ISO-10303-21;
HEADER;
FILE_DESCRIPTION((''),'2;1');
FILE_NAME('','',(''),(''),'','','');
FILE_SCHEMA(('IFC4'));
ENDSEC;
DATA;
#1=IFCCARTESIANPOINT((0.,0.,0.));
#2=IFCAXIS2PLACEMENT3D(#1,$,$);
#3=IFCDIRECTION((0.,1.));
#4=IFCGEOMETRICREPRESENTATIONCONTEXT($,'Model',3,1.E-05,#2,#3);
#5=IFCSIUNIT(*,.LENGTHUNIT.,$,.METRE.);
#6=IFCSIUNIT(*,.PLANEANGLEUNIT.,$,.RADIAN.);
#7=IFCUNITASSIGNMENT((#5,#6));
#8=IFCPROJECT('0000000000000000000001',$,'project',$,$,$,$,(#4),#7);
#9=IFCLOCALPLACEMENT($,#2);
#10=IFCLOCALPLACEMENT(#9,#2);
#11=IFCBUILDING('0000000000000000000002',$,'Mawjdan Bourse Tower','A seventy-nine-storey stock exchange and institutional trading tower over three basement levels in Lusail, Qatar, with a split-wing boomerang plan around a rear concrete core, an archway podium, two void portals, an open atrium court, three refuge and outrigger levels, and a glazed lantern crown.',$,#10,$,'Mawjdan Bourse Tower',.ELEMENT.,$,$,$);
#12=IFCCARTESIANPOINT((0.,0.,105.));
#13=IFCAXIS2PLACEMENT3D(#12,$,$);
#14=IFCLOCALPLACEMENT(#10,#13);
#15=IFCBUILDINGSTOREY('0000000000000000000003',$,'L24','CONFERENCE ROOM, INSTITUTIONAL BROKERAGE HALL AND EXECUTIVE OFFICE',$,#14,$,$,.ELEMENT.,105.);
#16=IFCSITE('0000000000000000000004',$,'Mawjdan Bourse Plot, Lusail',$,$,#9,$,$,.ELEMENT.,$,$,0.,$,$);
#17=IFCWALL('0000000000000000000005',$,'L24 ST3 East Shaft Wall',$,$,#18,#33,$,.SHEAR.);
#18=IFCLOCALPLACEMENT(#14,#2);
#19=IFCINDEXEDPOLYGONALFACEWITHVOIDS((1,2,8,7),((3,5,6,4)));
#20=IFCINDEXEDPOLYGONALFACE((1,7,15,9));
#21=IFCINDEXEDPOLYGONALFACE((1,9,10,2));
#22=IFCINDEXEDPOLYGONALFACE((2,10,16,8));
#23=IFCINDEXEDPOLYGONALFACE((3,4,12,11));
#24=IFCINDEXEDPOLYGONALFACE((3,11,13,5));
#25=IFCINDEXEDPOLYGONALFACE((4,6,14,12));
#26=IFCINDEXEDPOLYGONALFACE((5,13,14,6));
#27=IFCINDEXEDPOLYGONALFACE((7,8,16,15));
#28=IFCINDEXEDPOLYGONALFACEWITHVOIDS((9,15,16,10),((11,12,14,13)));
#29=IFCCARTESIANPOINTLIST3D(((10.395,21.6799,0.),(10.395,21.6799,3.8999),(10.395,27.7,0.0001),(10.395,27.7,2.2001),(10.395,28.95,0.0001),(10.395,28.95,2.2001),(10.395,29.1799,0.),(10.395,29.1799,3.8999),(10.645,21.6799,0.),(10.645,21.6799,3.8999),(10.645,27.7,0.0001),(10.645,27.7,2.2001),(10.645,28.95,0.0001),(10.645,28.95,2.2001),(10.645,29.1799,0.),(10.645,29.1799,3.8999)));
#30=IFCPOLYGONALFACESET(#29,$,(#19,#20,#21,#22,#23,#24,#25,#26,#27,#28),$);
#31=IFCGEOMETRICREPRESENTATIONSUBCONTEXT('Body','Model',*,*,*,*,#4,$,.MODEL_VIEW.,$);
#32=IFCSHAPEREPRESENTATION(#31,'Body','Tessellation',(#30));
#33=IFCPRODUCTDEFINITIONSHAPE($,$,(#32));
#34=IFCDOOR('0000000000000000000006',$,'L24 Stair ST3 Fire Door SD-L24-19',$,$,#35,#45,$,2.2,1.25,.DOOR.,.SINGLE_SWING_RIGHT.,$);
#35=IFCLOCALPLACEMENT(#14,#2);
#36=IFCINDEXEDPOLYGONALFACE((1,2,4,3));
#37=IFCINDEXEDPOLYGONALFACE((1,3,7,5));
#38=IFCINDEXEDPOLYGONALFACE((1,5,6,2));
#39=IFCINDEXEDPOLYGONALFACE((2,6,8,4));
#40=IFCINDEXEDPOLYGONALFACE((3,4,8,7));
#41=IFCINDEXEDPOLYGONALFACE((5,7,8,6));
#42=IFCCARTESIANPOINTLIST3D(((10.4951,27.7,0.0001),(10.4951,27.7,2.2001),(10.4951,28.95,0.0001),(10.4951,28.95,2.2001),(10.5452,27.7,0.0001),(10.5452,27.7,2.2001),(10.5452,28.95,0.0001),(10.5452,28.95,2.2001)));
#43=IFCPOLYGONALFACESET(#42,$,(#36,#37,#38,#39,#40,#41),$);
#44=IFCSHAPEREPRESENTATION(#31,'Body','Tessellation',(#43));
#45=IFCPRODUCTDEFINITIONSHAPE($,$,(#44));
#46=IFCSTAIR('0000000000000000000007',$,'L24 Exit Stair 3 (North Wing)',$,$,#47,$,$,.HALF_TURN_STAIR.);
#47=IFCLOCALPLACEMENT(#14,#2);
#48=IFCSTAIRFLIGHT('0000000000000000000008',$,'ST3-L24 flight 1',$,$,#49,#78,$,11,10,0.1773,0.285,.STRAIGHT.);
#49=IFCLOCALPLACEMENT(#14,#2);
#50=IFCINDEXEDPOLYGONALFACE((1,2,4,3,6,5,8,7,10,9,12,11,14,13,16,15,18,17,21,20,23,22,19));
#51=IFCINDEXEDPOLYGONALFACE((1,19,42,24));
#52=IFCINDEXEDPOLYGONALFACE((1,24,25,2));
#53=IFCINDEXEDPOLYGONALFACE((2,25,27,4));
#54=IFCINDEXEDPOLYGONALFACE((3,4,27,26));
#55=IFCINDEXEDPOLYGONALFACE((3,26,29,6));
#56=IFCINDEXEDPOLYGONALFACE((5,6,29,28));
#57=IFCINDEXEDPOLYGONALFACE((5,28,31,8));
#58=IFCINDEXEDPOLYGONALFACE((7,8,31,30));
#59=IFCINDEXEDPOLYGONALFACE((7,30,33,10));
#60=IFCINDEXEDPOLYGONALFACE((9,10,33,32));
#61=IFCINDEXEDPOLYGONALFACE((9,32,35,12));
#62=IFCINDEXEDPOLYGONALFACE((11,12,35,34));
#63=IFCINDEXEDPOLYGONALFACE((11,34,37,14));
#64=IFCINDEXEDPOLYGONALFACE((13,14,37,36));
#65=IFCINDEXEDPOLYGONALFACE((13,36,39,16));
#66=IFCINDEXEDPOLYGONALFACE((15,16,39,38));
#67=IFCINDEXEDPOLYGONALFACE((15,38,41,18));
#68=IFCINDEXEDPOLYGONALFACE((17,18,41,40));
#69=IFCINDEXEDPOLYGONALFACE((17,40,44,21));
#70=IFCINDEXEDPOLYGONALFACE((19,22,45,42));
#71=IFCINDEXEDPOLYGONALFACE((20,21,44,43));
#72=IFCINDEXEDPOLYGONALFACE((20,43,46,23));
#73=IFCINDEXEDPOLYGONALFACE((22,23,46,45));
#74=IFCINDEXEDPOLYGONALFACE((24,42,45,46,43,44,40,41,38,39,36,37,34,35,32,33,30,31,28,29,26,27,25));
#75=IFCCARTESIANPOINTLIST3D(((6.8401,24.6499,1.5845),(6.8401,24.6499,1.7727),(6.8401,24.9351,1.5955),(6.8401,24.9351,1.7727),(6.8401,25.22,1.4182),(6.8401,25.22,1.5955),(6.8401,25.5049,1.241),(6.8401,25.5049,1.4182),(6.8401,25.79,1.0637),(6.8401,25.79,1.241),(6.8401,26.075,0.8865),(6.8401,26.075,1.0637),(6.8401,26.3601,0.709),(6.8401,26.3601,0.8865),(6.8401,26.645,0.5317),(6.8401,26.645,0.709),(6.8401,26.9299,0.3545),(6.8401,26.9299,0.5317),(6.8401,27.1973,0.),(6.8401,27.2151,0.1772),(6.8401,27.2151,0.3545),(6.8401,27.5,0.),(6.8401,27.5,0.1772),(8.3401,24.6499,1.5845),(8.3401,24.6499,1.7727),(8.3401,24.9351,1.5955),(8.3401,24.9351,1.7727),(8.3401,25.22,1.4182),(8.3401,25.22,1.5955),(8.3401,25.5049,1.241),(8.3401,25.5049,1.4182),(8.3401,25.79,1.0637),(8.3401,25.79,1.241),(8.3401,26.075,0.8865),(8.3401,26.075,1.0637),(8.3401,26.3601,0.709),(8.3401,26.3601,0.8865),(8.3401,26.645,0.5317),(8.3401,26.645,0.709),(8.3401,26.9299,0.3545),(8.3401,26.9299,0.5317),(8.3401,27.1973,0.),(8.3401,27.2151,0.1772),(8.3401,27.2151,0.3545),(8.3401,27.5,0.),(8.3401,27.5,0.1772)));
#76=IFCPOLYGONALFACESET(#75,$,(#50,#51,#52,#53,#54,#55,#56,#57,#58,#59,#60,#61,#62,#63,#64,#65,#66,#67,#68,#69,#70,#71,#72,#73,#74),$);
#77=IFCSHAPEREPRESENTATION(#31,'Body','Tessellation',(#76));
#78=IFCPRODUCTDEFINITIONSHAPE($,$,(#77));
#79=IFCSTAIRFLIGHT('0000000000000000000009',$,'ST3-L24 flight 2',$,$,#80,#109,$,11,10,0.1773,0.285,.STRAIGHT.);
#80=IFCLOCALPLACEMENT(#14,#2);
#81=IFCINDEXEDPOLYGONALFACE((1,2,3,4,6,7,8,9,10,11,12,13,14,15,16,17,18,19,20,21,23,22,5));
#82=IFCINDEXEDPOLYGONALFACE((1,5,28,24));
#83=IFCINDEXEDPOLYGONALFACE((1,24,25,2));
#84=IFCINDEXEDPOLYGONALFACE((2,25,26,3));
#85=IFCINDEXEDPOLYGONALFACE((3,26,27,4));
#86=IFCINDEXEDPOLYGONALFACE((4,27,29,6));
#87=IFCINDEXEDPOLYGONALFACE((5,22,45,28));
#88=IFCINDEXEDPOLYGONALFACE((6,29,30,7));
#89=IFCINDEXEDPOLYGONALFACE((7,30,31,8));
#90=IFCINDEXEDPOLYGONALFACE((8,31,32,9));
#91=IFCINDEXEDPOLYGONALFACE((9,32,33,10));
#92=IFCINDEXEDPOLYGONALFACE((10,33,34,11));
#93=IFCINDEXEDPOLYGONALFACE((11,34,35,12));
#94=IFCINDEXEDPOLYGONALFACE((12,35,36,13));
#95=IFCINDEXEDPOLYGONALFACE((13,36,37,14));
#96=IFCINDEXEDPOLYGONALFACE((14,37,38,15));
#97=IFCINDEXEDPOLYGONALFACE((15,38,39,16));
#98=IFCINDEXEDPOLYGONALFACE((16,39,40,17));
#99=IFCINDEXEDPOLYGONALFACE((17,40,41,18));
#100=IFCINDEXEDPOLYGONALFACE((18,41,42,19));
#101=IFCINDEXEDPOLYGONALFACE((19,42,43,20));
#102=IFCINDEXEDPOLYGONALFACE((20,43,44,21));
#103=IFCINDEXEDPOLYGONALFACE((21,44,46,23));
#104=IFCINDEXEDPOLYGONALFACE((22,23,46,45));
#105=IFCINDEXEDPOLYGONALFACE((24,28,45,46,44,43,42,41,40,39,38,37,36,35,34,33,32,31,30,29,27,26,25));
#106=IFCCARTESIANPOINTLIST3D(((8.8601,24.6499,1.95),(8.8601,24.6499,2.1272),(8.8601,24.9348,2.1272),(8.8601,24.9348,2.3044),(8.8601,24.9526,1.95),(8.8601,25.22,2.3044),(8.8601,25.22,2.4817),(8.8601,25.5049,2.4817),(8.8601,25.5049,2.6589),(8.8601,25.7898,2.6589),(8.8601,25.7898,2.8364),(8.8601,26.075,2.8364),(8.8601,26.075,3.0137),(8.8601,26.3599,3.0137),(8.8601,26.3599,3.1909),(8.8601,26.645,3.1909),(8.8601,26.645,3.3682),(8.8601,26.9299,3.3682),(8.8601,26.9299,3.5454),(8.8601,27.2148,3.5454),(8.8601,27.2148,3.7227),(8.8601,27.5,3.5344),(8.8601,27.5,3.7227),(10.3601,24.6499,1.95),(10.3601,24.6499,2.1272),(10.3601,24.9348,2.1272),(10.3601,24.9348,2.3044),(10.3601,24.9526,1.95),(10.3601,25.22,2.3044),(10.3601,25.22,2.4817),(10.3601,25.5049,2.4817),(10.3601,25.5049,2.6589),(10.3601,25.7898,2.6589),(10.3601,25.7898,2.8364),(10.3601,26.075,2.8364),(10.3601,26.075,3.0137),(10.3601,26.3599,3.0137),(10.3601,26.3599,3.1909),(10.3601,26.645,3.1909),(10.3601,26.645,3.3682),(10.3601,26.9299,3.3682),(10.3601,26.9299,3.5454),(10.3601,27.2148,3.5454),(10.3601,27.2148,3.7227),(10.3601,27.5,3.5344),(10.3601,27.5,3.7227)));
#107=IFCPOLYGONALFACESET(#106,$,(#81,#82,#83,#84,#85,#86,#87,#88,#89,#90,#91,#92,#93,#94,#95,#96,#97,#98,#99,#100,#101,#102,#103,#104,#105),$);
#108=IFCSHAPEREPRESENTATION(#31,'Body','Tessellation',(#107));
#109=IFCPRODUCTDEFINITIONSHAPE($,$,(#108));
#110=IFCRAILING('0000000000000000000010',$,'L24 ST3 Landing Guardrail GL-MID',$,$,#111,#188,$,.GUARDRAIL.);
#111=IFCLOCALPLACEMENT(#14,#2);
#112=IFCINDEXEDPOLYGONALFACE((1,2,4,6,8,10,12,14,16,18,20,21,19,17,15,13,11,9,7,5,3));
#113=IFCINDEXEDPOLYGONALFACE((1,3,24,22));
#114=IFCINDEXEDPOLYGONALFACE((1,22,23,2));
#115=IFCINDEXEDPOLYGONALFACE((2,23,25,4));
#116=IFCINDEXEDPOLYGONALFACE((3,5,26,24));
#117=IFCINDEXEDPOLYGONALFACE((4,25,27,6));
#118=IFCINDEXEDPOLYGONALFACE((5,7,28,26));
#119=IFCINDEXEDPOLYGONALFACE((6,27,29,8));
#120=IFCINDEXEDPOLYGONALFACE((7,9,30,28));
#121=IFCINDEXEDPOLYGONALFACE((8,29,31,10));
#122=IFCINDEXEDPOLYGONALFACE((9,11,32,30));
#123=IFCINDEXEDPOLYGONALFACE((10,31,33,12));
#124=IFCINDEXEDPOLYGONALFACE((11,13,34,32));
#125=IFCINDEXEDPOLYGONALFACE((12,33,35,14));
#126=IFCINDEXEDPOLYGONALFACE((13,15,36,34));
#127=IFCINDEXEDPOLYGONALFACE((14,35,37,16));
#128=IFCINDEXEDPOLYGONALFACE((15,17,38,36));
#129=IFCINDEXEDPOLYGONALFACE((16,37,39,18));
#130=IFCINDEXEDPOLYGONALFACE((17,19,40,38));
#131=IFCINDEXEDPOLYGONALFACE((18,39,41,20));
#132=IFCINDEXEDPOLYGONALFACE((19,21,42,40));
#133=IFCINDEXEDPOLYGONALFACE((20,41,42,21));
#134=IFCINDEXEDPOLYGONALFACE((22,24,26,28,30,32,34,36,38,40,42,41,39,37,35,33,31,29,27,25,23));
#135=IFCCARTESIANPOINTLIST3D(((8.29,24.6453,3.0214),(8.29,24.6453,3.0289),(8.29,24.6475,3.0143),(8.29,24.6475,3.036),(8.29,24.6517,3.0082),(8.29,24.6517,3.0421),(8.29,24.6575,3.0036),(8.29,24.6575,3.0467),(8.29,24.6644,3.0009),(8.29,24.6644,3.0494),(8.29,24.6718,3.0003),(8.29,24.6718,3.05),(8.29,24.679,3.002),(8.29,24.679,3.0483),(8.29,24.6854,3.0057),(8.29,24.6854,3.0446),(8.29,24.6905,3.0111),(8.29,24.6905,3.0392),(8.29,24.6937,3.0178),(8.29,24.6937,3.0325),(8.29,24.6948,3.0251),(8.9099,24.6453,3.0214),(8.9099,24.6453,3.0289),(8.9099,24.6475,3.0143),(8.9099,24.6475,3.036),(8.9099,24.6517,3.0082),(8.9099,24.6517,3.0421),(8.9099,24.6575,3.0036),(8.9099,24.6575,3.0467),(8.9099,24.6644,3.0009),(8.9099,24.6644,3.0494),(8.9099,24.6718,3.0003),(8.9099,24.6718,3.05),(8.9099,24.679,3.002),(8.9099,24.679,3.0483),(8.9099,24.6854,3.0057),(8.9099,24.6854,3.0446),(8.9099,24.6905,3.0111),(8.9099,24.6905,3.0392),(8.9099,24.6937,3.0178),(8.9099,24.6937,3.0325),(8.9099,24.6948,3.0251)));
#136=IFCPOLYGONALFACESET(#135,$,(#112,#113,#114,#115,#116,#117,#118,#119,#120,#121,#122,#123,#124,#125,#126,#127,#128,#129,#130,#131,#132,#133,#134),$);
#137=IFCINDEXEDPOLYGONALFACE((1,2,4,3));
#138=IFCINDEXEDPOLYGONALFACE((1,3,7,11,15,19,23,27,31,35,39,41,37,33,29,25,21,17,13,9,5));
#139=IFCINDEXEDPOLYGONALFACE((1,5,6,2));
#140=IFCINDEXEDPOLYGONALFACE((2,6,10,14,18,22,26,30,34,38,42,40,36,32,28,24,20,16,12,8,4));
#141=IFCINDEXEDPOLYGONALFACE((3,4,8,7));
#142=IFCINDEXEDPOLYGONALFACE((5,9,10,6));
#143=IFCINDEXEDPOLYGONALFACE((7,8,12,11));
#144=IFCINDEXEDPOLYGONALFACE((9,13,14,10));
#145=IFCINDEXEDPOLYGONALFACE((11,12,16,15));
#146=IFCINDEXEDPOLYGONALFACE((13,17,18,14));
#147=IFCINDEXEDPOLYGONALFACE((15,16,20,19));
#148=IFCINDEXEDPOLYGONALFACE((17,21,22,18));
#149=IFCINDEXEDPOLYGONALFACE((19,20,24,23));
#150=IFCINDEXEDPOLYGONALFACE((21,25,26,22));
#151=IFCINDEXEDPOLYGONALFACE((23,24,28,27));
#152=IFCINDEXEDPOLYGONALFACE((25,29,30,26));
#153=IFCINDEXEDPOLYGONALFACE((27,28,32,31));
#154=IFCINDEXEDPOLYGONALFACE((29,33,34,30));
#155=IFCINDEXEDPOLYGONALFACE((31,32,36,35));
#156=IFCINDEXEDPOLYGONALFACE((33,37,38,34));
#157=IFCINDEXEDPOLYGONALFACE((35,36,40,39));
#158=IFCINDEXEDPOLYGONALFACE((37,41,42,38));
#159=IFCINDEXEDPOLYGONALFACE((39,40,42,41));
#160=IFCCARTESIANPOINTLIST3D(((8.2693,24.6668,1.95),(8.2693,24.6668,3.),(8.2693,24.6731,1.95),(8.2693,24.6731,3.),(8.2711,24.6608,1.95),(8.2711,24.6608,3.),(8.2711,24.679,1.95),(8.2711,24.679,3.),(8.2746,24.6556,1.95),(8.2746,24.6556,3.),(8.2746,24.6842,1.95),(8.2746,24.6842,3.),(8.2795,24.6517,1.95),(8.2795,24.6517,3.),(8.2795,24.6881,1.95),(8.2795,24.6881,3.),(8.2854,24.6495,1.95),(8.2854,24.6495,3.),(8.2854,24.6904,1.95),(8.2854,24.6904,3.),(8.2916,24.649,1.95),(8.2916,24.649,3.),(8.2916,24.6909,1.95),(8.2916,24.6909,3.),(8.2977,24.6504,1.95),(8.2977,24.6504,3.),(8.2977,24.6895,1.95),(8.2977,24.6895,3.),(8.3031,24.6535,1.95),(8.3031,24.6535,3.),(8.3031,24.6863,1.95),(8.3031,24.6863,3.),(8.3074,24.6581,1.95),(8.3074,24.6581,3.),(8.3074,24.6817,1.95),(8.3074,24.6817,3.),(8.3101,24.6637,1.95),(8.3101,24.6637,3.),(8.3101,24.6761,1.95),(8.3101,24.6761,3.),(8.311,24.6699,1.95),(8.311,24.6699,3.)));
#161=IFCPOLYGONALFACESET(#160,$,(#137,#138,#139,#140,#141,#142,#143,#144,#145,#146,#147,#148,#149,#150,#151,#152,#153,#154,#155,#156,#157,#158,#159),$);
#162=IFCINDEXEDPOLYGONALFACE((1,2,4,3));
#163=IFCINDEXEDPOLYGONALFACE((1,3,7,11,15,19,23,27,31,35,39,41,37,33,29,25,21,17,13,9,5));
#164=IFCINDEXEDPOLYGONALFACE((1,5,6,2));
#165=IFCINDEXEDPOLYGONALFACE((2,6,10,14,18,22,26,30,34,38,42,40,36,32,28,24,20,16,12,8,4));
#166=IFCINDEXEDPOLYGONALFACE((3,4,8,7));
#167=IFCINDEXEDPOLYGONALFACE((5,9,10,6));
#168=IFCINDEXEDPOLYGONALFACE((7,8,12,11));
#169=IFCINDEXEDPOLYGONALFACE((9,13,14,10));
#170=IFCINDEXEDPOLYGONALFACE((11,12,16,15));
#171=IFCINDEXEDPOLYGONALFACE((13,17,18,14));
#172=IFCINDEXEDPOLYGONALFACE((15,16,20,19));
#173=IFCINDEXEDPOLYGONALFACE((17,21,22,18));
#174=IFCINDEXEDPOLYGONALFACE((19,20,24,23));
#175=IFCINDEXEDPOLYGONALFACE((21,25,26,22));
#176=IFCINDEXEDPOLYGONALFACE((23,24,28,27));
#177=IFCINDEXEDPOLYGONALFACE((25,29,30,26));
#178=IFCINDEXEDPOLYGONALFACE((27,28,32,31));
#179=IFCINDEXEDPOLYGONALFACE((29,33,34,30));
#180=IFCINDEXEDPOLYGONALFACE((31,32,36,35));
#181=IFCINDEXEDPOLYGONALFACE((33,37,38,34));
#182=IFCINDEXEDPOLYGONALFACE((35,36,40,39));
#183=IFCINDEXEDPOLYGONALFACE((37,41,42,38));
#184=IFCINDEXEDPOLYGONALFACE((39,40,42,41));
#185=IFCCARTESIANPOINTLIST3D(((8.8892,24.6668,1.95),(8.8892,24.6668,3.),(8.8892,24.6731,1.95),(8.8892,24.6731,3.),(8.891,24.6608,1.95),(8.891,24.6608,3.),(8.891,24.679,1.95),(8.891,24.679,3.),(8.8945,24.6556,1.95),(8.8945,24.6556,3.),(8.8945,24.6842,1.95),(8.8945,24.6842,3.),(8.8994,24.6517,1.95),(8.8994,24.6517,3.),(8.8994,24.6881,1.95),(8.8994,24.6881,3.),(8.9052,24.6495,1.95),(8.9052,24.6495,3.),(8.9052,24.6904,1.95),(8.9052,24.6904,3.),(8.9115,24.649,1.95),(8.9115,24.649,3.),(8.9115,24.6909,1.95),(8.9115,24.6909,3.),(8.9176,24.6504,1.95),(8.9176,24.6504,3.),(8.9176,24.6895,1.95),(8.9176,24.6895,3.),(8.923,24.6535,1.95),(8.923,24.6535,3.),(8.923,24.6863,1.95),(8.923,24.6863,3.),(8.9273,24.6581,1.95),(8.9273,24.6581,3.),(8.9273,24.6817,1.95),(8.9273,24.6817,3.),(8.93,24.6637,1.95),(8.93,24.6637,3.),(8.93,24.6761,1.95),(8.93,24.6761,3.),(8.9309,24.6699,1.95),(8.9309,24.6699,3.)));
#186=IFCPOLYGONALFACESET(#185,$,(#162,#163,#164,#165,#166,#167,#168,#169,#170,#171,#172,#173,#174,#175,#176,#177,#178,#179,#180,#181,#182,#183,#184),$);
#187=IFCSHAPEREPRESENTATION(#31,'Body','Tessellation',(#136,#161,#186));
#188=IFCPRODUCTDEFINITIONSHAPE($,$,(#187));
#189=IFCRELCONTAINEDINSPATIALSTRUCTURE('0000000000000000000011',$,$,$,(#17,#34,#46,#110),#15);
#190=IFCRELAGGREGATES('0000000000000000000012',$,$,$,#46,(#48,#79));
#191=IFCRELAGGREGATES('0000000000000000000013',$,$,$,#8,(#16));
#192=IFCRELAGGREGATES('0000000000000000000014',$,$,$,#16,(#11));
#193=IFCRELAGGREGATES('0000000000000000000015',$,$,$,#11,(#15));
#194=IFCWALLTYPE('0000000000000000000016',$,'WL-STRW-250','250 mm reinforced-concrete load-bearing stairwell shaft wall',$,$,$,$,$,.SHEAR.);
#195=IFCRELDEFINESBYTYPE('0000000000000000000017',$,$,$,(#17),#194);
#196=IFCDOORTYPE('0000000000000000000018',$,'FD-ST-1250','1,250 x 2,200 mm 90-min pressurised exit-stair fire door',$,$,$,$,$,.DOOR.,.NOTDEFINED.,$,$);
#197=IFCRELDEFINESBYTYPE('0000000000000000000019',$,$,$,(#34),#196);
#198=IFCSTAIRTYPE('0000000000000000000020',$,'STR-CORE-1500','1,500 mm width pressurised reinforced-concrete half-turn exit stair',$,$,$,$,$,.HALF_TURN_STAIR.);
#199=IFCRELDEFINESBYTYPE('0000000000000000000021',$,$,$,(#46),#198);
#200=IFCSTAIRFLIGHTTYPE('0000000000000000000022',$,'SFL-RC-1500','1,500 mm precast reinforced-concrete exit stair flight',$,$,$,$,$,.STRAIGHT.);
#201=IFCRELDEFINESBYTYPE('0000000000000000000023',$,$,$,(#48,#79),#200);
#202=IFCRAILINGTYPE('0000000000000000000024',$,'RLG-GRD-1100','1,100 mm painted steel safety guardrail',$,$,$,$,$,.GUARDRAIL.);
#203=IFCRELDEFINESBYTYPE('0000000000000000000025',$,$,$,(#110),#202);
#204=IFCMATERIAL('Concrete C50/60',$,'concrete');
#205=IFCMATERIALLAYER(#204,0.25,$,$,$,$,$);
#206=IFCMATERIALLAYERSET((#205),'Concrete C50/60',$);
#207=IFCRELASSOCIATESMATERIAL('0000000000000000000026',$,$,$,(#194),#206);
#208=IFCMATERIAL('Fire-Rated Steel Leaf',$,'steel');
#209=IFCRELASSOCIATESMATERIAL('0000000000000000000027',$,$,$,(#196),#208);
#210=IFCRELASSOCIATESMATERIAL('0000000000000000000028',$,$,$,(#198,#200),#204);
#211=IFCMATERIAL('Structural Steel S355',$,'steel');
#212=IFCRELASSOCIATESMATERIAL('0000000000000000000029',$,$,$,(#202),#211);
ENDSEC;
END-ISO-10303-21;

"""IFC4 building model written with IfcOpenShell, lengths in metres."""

from ifc_helpers import new_model, si_unit, direction, frame, frame_2d, origin, origin_2d, place, context, subcontext, project, spatial, polyline, rectangle, circle, outline, extrude, material, layer, layer_set, type_object, element, fill, aggregate, save


model = new_model("IFC4")

# Units and contexts
model_context = context("Model", 3, precision=1e-05, world=origin(), true_north=direction((0.0, 1.0)))
body_context = subcontext(model_context, "Body", "Model", "MODEL_VIEW")
ifc_project = project(units=[si_unit("LENGTHUNIT", "METRE"), si_unit("PLANEANGLEUNIT", "RADIAN")], contexts=[model_context])

# Site, building, storey
site_placement = place(None, origin())
site = spatial("IfcSite", under=ifc_project, at=site_placement, Name="Mawjdan Bourse Plot, Lusail", CompositionType="ELEMENT", RefElevation=0.0)
building_placement = place(site_placement, origin())
building = spatial("IfcBuilding", under=site, at=building_placement, Name="Mawjdan Bourse Tower", Description="A seventy-nine-storey stock exchange and institutional trading tower over three basement levels in Lusail, Qatar, with a split-wing boomerang plan around a rear concrete core, an archway podium, two void portals, an open atrium court, three refuge and outrigger levels, and a glazed lantern crown.", LongName="Mawjdan Bourse Tower", CompositionType="ELEMENT")
storey_placement = place(building_placement, frame((0.0, 0.0, 105.0)))
storey = spatial("IfcBuildingStorey", under=building, at=storey_placement, Name="L24", Description="CONFERENCE ROOM, INSTITUTIONAL BROKERAGE HALL AND EXECUTIVE OFFICE", CompositionType="ELEMENT", Elevation=105.0)

# Shared definitions
ifc_material_1 = material(Name="Structural Steel S355", Category="steel")

# Shared definitions
ifc_material_2 = material(Name="Concrete C50/60", Category="concrete")
ifc_layer_1 = layer(ifc_material_2, 0.25)
ifc_layer_set_1 = layer_set([ifc_layer_1], Name="Concrete C50/60")
wall_type_1 = type_object("IfcWallType", Name="WL-STRW-250", Description="250 mm reinforced-concrete load-bearing stairwell shaft wall", PredefinedType="SHEAR", material=ifc_layer_set_1)

# Wall, opening, door
wall_1_placement = place(storey_placement, frame((10.52, 21.6799, 0.0), z_axis=(0.0, 0.0, 1.0), x_axis=(0.0, 1.0, 0.0)))
wall_1 = element("IfcWall", 1, at=wall_1_placement, inside=storey, type_object=wall_type_1, Name="L24 ST3 East Shaft Wall", PredefinedType="SHEAR", context=body_context, shape_type="SweptSolid", body=[
    extrude(rectangle(XDim=7.5, YDim=0.25, at=frame_2d((3.75, 0.0))), origin(), (0.0, 0.0, 1.0), 3.8999),
])
opening_1_placement = place(wall_1_placement, frame((6.02, 0.0, 0.0)))
opening_1 = element("IfcOpeningElement", 2, at=opening_1_placement, cuts=wall_1, PredefinedType="OPENING", context=body_context, shape_type="SweptSolid", body=[
    extrude(rectangle(XDim=1.25, YDim=2.2, at=frame_2d((0.625, 1.1001))), frame((0.0, 0.135, 0.0), z_axis=(0.0, -1.0, 0.0), x_axis=(1.0, 0.0, 0.0)), (0.0, 0.0, 1.0), 0.27),
])
ifc_material_3 = material(Name="Fire-Rated Steel Leaf", Category="steel")
door_type_1 = type_object("IfcDoorType", Name="FD-ST-1250", Description="1,250 x 2,200 mm 90-min pressurised exit-stair fire door", OperationType="NOTDEFINED", PredefinedType="DOOR", material=ifc_material_3)
door_1_placement = place(opening_1_placement, origin())
door_1 = element("IfcDoor", 3, at=door_1_placement, inside=storey, type_object=door_type_1, Name="L24 Stair ST3 Fire Door SD-L24-19", OperationType="SINGLE_SWING_RIGHT", OverallHeight=2.2, OverallWidth=1.25, PredefinedType="DOOR", context=body_context, shape_type="SweptSolid", body=[
    extrude(rectangle(XDim=1.25, YDim=2.2, at=frame_2d((0.625, 1.1001))), frame((0.0, 0.0249, 0.0), z_axis=(0.0, -1.0, 0.0), x_axis=(1.0, 0.0, 0.0)), (0.0, 0.0, 1.0), 0.05),
])
fill(opening_1, door_1)

# Stair, stair flights
stair_type = type_object("IfcStairType", Name="STR-CORE-1500", Description="1,500 mm width pressurised reinforced-concrete half-turn exit stair", PredefinedType="HALF_TURN_STAIR", material=ifc_material_2)
stair_placement = place(storey_placement, origin())
stair = element("IfcStair", 4, at=stair_placement, inside=storey, type_object=stair_type, Name="L24 Exit Stair 3 (North Wing)", PredefinedType="HALF_TURN_STAIR")
stair_flight_type = type_object("IfcStairFlightType", Name="SFL-RC-1500", Description="1,500 mm precast reinforced-concrete exit stair flight", PredefinedType="STRAIGHT", material=ifc_material_2)
stair_flight_1_placement = place(storey_placement, frame((7.5901, 27.5, 0.0), z_axis=(0.0, 0.0, 1.0), x_axis=(0.0, -1.0, 0.0)))
stair_flight_1 = element("IfcStairFlight", 5, at=stair_flight_1_placement, type_object=stair_flight_type, Name="ST3-L24 flight 1", NumberOfRisers=11, NumberOfTreads=10, PredefinedType="STRAIGHT", RiserHeight=0.1773, TreadLength=0.285, context=body_context, shape_type="SweptSolid", body=[
    extrude(outline(polyline([(0.0, 0.0), (0.0, 0.1772), (0.2849, 0.1772), (0.2849, 0.3545), (0.5701, 0.3545), (0.5701, 0.5317), (0.855, 0.5317), (0.855, 0.709), (1.1399, 0.709), (1.1399, 0.8865), (1.425, 0.8865), (1.425, 1.0637), (1.71, 1.0637), (1.71, 1.241), (1.9951, 1.241), (1.9951, 1.4182), (2.28, 1.4182), (2.28, 1.5955), (2.5649, 1.5955), (2.5649, 1.7727), (2.8501, 1.7727), (2.8501, 1.95), (2.8501, 1.5845), (0.3027, 0.0), (0.0, 0.0)])), frame((0.0, 0.75, 0.0), z_axis=(0.0, -1.0, 0.0), x_axis=(1.0, 0.0, 0.0)), (0.0, 0.0, 1.0), 1.5),
])
stair_flight_2_placement = place(storey_placement, frame((9.6101, 24.6499, 1.95), z_axis=(0.0, 0.0, 1.0), x_axis=(0.0, 1.0, 0.0)))
stair_flight_2 = element("IfcStairFlight", 6, at=stair_flight_2_placement, type_object=stair_flight_type, Name="ST3-L24 flight 2", NumberOfRisers=11, NumberOfTreads=10, PredefinedType="STRAIGHT", RiserHeight=0.1773, TreadLength=0.285, context=body_context, shape_type="SweptSolid", body=[
    extrude(outline(polyline([(0.0, 0.0), (0.0, 0.1772), (0.2849, 0.1772), (0.2849, 0.3545), (0.5701, 0.3545), (0.5701, 0.5317), (0.855, 0.5317), (0.855, 0.709), (1.1399, 0.709), (1.1399, 0.8865), (1.425, 0.8865), (1.425, 1.0637), (1.71, 1.0637), (1.71, 1.241), (1.9951, 1.241), (1.9951, 1.4182), (2.28, 1.4182), (2.28, 1.5955), (2.5649, 1.5955), (2.5649, 1.7727), (2.8501, 1.7727), (2.8501, 1.95), (2.8501, 1.5845), (0.3027, 0.0), (0.0, 0.0)])), frame((0.0, 0.75, 0.0), z_axis=(0.0, -1.0, 0.0), x_axis=(1.0, 0.0, 0.0)), (0.0, 0.0, 1.0), 1.5),
])
aggregate(stair, [stair_flight_1, stair_flight_2])

# Railing
railing_type_1 = type_object("IfcRailingType", Name="RLG-GRD-1100", Description="1,100 mm painted steel safety guardrail", PredefinedType="GUARDRAIL", material=ifc_material_1)
for number, where, name in (
    (7, (8.29, 24.6699, 1.95), "L24 ST3 Landing Guardrail GL-MID"),
):
    element("IfcRailing", number, at=place(storey_placement, frame(where)), inside=storey, type_object=railing_type_1, Name=name, PredefinedType="GUARDRAIL", context=body_context, shape_type="SweptSolid", body=[
        extrude(circle(Radius=0.0249, at=origin_2d()), frame((0.0, 0.0, 1.0752), z_axis=(1.0, 0.0, 0.0), x_axis=(0.0, 1.0, 0.0)), (0.0, 0.0, 1.0), 0.6199),
        extrude(circle(Radius=0.021, at=origin_2d()), origin(), (0.0, 0.0, 1.0), 1.05),
        extrude(circle(Radius=0.021, at=origin_2d()), frame((0.6199, 0.0, 0.0)), (0.0, 0.0, 1.0), 1.05),
    ])

save(model, "model.ifc")
